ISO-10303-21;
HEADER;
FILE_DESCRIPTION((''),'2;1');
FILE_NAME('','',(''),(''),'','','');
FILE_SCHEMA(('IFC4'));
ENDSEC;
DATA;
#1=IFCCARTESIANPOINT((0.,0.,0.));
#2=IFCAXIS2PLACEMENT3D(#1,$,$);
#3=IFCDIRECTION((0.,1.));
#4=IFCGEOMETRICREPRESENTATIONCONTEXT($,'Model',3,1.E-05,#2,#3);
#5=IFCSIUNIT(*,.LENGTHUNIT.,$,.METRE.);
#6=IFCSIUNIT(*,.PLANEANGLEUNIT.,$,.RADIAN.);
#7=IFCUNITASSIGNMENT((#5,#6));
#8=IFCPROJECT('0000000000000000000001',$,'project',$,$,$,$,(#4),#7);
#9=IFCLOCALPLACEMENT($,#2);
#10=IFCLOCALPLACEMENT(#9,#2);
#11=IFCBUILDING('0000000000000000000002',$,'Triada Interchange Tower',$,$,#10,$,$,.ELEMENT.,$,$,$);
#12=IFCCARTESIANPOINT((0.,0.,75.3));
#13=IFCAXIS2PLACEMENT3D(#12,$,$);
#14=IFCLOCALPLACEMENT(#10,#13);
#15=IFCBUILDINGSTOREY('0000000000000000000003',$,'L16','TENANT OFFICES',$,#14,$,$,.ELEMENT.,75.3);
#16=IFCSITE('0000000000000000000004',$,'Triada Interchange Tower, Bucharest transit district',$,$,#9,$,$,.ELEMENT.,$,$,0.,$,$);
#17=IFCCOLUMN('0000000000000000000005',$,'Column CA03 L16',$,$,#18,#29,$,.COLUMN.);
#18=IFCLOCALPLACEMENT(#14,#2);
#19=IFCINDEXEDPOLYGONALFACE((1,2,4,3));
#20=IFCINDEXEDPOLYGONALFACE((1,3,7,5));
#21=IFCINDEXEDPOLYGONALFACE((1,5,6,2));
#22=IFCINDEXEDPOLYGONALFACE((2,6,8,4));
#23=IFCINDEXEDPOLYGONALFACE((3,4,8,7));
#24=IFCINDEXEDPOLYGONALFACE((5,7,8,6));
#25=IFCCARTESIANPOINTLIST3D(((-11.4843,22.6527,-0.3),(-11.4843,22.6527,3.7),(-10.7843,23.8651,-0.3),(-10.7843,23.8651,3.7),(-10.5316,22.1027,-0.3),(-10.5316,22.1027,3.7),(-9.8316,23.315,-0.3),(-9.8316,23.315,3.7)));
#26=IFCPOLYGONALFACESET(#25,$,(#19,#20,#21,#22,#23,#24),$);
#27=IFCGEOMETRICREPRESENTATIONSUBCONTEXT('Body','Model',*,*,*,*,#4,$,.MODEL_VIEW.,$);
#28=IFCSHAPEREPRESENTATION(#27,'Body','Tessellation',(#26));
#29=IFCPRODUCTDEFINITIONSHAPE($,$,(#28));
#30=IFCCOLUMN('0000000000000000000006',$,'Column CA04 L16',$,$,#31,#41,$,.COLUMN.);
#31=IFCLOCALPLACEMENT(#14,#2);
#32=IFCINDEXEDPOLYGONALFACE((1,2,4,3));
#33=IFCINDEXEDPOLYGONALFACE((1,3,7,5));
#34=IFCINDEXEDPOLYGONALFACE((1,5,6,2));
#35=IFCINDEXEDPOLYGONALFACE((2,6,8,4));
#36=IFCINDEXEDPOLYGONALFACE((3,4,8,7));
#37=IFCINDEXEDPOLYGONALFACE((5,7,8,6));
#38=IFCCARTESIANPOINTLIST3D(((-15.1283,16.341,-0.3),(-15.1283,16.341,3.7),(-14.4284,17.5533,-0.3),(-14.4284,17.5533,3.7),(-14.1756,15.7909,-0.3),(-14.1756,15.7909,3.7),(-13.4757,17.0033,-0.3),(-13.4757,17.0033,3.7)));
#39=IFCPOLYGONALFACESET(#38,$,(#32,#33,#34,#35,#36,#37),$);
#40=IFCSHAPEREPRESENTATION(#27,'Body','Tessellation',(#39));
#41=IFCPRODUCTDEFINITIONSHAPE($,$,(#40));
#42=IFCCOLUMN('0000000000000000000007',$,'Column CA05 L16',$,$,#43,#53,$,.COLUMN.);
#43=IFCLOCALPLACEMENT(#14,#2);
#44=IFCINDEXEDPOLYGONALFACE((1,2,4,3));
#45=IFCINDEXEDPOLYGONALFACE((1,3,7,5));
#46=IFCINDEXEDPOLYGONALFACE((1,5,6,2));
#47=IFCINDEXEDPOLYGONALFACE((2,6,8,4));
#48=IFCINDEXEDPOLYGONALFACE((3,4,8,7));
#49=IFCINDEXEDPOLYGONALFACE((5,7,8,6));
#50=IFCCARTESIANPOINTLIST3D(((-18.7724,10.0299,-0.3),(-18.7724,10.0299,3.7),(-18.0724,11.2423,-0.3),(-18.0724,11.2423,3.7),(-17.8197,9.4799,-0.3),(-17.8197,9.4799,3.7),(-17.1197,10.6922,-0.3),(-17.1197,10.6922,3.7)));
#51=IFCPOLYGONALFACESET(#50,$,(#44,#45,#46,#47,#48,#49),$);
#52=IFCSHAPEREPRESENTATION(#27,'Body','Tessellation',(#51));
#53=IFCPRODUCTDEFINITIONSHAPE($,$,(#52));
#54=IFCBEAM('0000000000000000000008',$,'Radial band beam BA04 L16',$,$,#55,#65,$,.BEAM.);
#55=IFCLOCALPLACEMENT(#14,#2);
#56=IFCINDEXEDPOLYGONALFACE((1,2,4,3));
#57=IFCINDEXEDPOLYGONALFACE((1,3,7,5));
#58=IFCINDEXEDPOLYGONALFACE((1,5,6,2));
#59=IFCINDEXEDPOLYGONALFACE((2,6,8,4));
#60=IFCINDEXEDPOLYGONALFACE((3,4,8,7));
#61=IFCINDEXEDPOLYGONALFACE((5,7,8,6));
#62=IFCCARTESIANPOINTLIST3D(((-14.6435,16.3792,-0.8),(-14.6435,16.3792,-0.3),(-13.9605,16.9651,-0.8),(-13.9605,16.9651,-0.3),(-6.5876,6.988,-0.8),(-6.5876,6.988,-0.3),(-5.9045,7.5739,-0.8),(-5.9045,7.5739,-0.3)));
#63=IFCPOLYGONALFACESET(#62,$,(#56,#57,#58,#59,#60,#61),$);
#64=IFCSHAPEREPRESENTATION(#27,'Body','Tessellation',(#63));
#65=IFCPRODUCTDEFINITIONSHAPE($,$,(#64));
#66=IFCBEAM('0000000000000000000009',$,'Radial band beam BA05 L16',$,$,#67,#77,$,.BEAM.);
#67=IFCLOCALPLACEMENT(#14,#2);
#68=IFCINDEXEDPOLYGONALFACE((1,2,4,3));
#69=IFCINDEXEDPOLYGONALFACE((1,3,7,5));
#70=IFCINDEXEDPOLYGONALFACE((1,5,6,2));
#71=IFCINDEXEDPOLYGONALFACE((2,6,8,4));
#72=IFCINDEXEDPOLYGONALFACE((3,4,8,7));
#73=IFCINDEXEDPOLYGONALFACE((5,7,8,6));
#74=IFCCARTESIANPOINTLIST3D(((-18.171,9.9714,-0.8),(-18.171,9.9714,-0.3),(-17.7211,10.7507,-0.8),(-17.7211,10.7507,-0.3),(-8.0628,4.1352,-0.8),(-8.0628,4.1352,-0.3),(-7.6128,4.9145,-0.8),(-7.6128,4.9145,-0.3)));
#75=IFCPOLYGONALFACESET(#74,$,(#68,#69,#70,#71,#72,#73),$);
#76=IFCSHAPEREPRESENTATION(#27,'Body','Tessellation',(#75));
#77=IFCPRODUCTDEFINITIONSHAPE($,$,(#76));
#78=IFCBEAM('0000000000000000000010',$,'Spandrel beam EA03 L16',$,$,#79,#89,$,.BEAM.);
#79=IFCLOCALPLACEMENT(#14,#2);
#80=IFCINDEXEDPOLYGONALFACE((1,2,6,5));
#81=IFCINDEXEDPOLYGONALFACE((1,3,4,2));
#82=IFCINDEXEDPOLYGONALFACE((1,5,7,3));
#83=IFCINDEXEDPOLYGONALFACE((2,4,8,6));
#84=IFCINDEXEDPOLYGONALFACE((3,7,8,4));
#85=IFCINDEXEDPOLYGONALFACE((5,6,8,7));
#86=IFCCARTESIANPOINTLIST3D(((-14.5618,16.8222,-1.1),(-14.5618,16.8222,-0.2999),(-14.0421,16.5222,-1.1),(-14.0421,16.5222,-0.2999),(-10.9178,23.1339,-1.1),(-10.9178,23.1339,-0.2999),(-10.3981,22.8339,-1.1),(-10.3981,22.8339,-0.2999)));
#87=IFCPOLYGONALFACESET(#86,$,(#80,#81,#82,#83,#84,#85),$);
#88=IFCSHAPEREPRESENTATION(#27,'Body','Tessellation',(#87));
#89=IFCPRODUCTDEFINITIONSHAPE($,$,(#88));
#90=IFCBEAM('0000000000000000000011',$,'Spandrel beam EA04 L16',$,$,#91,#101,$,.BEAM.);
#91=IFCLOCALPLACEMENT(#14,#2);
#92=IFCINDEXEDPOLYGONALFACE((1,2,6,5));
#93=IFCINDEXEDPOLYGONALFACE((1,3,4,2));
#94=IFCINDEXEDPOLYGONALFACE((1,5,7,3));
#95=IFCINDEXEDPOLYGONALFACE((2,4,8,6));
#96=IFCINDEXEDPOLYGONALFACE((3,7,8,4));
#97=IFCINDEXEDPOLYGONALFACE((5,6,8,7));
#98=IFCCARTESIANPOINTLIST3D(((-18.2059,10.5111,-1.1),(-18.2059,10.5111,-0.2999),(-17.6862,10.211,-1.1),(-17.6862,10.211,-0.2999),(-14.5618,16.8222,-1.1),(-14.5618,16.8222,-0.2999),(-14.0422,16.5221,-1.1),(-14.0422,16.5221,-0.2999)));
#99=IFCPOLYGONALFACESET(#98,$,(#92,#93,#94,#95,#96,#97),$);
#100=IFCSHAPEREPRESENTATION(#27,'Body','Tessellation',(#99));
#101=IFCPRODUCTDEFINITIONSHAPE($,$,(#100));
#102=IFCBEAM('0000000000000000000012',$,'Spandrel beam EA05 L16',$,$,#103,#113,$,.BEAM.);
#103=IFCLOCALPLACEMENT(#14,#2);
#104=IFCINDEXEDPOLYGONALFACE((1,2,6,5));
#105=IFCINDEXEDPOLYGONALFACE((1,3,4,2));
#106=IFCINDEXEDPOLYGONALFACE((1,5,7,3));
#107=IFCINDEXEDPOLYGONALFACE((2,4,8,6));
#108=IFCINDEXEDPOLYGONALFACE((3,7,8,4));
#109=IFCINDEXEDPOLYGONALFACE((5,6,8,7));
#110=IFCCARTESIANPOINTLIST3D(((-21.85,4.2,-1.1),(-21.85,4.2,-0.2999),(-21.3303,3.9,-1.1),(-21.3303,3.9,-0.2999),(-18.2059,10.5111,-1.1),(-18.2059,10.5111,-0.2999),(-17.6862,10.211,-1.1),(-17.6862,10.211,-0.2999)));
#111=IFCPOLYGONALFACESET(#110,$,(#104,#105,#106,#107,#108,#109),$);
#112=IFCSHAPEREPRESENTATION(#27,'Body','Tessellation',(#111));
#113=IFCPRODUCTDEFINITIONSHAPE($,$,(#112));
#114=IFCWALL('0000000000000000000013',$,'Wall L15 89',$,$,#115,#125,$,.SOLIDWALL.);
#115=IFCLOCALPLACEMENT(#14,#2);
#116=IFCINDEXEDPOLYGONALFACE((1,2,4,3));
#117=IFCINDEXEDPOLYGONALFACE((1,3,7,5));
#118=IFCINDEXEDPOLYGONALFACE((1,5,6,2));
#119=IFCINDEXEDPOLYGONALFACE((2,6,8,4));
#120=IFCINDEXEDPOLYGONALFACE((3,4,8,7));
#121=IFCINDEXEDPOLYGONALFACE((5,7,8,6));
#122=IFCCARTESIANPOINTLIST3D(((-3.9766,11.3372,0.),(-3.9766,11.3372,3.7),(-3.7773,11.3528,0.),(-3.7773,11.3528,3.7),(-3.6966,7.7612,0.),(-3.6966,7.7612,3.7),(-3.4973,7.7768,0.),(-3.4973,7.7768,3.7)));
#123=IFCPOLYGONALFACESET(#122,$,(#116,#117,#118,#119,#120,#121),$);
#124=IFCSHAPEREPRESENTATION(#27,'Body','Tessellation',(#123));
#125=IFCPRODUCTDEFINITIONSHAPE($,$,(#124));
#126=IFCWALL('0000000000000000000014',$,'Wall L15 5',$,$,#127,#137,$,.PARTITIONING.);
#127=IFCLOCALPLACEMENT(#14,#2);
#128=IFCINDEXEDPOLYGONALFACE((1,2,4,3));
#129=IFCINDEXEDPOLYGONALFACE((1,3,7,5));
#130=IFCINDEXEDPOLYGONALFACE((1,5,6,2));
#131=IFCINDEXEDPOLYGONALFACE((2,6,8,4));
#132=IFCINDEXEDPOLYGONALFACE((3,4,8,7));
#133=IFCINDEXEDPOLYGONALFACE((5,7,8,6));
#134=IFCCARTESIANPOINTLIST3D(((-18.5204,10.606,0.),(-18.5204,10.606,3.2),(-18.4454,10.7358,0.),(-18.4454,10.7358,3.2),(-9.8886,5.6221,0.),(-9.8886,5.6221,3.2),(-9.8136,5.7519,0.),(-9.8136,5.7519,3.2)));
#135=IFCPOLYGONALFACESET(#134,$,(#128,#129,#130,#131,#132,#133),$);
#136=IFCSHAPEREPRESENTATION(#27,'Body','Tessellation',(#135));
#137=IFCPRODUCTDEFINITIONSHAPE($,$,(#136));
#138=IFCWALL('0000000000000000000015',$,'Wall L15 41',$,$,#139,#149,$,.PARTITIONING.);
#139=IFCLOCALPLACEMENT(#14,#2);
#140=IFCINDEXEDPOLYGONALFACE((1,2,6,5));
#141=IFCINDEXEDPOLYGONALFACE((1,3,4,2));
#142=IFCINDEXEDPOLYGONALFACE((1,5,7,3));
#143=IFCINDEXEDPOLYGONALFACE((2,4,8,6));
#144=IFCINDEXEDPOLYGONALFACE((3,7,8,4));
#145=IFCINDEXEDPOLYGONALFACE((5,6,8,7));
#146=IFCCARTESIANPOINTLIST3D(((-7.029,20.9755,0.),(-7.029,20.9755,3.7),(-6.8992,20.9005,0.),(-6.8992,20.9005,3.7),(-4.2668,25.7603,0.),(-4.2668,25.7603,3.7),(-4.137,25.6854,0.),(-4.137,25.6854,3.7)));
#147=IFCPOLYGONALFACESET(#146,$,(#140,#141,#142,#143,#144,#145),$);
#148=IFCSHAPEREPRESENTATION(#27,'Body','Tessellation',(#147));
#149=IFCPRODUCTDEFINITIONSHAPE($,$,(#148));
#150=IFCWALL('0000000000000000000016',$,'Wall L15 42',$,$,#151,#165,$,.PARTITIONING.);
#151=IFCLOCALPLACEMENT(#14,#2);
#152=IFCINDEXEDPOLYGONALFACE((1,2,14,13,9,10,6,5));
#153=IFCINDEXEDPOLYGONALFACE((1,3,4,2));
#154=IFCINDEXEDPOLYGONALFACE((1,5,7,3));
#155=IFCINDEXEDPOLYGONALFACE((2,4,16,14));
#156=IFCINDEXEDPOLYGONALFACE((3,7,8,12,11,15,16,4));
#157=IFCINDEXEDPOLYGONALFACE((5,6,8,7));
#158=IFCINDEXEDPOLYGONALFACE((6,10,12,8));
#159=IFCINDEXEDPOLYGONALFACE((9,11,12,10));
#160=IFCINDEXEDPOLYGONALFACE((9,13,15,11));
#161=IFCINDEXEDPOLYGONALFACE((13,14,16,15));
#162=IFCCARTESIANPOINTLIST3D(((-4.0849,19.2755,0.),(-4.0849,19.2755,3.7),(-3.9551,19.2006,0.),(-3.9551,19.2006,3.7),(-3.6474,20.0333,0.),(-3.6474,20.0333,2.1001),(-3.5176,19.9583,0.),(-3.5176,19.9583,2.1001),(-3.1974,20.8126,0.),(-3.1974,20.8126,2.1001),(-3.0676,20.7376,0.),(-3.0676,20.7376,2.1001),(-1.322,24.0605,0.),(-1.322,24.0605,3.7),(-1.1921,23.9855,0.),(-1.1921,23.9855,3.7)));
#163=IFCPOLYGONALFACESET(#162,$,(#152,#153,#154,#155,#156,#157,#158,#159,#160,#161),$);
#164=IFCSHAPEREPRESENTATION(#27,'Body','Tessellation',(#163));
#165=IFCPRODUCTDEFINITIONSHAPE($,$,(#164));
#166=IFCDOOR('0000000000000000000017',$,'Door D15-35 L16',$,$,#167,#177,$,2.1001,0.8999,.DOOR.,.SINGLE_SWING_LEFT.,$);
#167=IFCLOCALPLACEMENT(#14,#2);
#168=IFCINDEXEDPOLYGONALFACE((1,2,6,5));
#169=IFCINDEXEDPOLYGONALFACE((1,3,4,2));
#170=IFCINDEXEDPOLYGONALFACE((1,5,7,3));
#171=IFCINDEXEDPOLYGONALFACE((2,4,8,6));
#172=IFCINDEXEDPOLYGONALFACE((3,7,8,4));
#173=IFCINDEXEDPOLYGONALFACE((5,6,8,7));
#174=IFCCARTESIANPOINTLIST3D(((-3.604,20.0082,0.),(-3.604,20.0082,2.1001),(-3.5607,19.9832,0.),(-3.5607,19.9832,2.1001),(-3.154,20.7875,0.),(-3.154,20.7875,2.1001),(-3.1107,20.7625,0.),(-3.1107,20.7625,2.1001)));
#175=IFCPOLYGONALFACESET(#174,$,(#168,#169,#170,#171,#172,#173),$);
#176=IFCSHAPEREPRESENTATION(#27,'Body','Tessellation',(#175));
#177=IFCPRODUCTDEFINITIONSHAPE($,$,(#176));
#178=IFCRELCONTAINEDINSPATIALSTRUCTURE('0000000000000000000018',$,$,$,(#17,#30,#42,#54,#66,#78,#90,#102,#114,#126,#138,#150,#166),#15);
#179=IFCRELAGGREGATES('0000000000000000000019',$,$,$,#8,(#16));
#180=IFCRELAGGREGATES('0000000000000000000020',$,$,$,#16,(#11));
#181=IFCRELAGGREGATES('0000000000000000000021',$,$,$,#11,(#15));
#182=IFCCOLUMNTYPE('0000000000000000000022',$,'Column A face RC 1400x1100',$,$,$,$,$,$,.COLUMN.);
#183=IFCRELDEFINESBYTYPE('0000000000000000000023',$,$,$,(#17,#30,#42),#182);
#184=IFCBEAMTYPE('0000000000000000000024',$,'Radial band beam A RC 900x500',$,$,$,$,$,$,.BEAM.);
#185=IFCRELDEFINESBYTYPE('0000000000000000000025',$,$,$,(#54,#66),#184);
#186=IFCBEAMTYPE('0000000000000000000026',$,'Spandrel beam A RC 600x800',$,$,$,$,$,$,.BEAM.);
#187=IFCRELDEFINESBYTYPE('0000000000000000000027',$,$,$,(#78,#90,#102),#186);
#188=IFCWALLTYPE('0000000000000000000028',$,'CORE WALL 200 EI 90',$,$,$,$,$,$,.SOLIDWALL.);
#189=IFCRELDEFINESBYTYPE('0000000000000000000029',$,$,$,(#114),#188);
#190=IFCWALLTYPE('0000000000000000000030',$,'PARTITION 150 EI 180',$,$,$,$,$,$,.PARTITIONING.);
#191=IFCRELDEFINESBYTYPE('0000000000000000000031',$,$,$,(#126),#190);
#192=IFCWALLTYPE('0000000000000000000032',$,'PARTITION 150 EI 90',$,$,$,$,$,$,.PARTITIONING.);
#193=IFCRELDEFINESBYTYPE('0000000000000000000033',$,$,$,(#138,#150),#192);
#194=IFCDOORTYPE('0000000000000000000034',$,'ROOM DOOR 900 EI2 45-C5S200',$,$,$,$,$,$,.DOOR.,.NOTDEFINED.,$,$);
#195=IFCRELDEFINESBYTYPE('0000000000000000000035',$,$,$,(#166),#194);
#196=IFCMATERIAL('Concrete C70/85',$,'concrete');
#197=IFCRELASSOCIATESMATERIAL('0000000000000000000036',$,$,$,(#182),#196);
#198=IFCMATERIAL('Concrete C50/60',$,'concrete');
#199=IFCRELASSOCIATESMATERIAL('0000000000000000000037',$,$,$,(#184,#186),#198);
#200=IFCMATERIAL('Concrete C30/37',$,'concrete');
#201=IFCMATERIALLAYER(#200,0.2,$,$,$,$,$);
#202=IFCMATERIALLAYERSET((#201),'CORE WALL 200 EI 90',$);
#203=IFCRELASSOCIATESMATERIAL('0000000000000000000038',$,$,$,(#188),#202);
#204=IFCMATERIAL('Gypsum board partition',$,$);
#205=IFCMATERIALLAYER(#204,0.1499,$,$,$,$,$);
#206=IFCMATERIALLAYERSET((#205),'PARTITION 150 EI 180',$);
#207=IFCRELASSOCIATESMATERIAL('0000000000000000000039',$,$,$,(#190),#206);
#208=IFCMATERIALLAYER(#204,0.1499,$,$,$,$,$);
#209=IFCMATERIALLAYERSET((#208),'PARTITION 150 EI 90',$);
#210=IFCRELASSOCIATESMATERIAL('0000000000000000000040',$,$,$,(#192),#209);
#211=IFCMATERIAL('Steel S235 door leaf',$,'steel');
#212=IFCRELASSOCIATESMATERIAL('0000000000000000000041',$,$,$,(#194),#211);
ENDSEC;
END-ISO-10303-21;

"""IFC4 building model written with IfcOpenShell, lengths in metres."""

from ifc_helpers import new_model, si_unit, direction, frame, frame_2d, origin, origin_2d, place, context, subcontext, project, spatial, rectangle, extrude, material, layer, layer_set, material_profile, profile_set, type_object, element, fill, save


model = new_model("IFC4")

# Units and contexts
model_context = context("Model", 3, precision=1e-05, world=origin(), true_north=direction((0.0, 1.0)))
body_context = subcontext(model_context, "Body", "Model", "MODEL_VIEW")
ifc_project = project(units=[si_unit("LENGTHUNIT", "METRE"), si_unit("PLANEANGLEUNIT", "RADIAN")], contexts=[model_context])

# Site, building, storey
site_placement = place(None, origin())
site = spatial("IfcSite", under=ifc_project, at=site_placement, Name="Triada Interchange Tower, Bucharest transit district", CompositionType="ELEMENT", RefElevation=0.0)
building_placement = place(site_placement, origin())
building = spatial("IfcBuilding", under=site, at=building_placement, Name="Triada Interchange Tower", CompositionType="ELEMENT")
storey_placement = place(building_placement, frame((0.0, 0.0, 75.3)))
storey = spatial("IfcBuildingStorey", under=building, at=storey_placement, Name="L16", Description="TENANT OFFICES", CompositionType="ELEMENT", Elevation=75.3)

# Columns
ifc_material_1 = material(Name="Concrete C70/85", Category="concrete")
ifc_material_profile_1 = material_profile(ifc_material_1, rectangle(XDim=1.3999, YDim=1.1001, at=origin_2d()), Name="RC 1400x1100")
ifc_profile_set_1 = profile_set([ifc_material_profile_1], Name="Concrete C70/85")
column_type = type_object("IfcColumnType", Name="Column A face RC 1400x1100", PredefinedType="COLUMN", material=ifc_profile_set_1)
for number, where, z_axis, x_axis, name in (
    (1, (-10.658, 22.9839, -0.3), (0.0, 0.0, 1.0), (0.5, 0.866025, 0.0), "Column CA03 L16"),
    (2, (-14.302, 16.6721, -0.3), (0.0, 0.0, 1.0), (0.5, 0.866025, 0.0), "Column CA04 L16"),
    (3, (-17.946, 10.3611, -0.3), (0.0, 0.0, 1.0), (0.5, 0.866025, 0.0), "Column CA05 L16"),
):
    element("IfcColumn", number, at=place(storey_placement, frame(where, z_axis=z_axis, x_axis=x_axis)), inside=storey, type_object=column_type, Name=name, PredefinedType="COLUMN", context=body_context, shape_type="SweptSolid", body=[
        extrude(rectangle(XDim=1.3999, YDim=1.1001, at=origin_2d()), origin(), (0.0, 0.0, 1.0), 4.0),
    ])

# Beams
ifc_material_2 = material(Name="Concrete C50/60", Category="concrete")
ifc_material_profile_2 = material_profile(ifc_material_2, rectangle(XDim=0.8999, YDim=0.5, at=origin_2d()), Name="RC 900x500")
ifc_profile_set_2 = profile_set([ifc_material_profile_2], Name="Concrete C50/60")
beam_type_1 = type_object("IfcBeamType", Name="Radial band beam A RC 900x500", PredefinedType="BEAM", material=ifc_profile_set_2)
beam_1_placement = place(storey_placement, frame((-14.302, 16.6721, -0.55), z_axis=(0.651089, -0.759002, 0.0), x_axis=(0.759002, 0.651089, 0.0)))
element("IfcBeam", 4, at=beam_1_placement, inside=storey, type_object=beam_type_1, Name="Radial band beam BA04 L16", PredefinedType="BEAM", context=body_context, shape_type="SweptSolid", body=[
    extrude(rectangle(XDim=0.8999, YDim=0.5, at=origin_2d()), origin(), (0.0, 0.0, 1.0), 12.373),
])
beam_2_placement = place(storey_placement, frame((-17.946, 10.3611, -0.55), z_axis=(0.866017, -0.500015, 0.0), x_axis=(0.500015, 0.866017, 0.0)))
element("IfcBeam", 5, at=beam_2_placement, inside=storey, type_object=beam_type_1, Name="Radial band beam BA05 L16", PredefinedType="BEAM", context=body_context, shape_type="SweptSolid", body=[
    extrude(rectangle(XDim=0.8999, YDim=0.5, at=origin_2d()), origin(), (0.0, 0.0, 1.0), 11.6721),
])
ifc_material_profile_3 = material_profile(ifc_material_2, rectangle(XDim=0.6001, YDim=0.8, at=origin_2d()), Name="RC 600x800")
ifc_profile_set_3 = profile_set([ifc_material_profile_3], Name="Concrete C50/60")
beam_type_2 = type_object("IfcBeamType", Name="Spandrel beam A RC 600x800", PredefinedType="BEAM", material=ifc_profile_set_3)
beam_3_placement = place(storey_placement, frame((-10.658, 22.9839, -0.7), z_axis=(-0.499994, -0.866029, 0.0), x_axis=(0.866029, -0.499994, 0.0)))
element("IfcBeam", 6, at=beam_3_placement, inside=storey, type_object=beam_type_2, Name="Spandrel beam EA03 L16", PredefinedType="BEAM", context=body_context, shape_type="SweptSolid", body=[
    extrude(rectangle(XDim=0.6001, YDim=0.8, at=origin_2d()), origin(), (0.0, 0.0, 1.0), 7.2881),
])
for number, where, z_axis, x_axis, name in (
    (7, (-14.302, 16.6721, -0.7), (-0.500038, -0.866004, 0.0), (0.866004, -0.500038, 0.0), "Spandrel beam EA04 L16"),
    (8, (-17.946, 10.3611, -0.7), (-0.500038, -0.866004, 0.0), (0.866004, -0.500038, 0.0), "Spandrel beam EA05 L16"),
):
    element("IfcBeam", number, at=place(storey_placement, frame(where, z_axis=z_axis, x_axis=x_axis)), inside=storey, type_object=beam_type_2, Name=name, PredefinedType="BEAM", context=body_context, shape_type="SweptSolid", body=[
        extrude(rectangle(XDim=0.6001, YDim=0.8, at=origin_2d()), origin(), (0.0, 0.0, 1.0), 7.2876),
    ])

# Wall
ifc_material_3 = material(Name="Concrete C30/37", Category="concrete")
ifc_layer_1 = layer(ifc_material_3, 0.2)
ifc_layer_set_1 = layer_set([ifc_layer_1], Name="CORE WALL 200 EI 90")
wall_type_1 = type_object("IfcWallType", Name="CORE WALL 200 EI 90", PredefinedType="SOLIDWALL", material=ifc_layer_set_1)
wall_1_placement = place(storey_placement, frame((-3.877, 11.345, 0.0), z_axis=(0.0, 0.0, 1.0), x_axis=(0.078071, -0.996948, 0.0)))
element("IfcWall", 9, at=wall_1_placement, inside=storey, type_object=wall_type_1, Name="Wall L15 89", PredefinedType="SOLIDWALL", context=body_context, shape_type="SweptSolid", body=[
    extrude(rectangle(XDim=3.5869, YDim=0.2, at=frame_2d((1.7935, 0.0))), origin(), (0.0, 0.0, 1.0), 3.7),
])

# Shared definitions
ifc_material_4 = material(Name="Steel S235 door leaf", Category="steel")

# Walls
ifc_material_5 = material(Name="Gypsum board partition")
ifc_layer_2 = layer(ifc_material_5, 0.1499)
ifc_layer_set_2 = layer_set([ifc_layer_2], Name="PARTITION 150 EI 180")
wall_type_2 = type_object("IfcWallType", Name="PARTITION 150 EI 180", PredefinedType="PARTITIONING", material=ifc_layer_set_2)
wall_2_placement = place(storey_placement, frame((-18.4829, 10.6709, 0.0), z_axis=(0.0, 0.0, 1.0), x_axis=(0.866013, -0.500022, 0.0)))
element("IfcWall", 10, at=wall_2_placement, inside=storey, type_object=wall_type_2, Name="Wall L15 5", PredefinedType="PARTITIONING", context=body_context, shape_type="SweptSolid", body=[
    extrude(rectangle(XDim=9.9673, YDim=0.1499, at=frame_2d((4.9836, 0.0))), origin(), (0.0, 0.0, 1.0), 3.2),
])
ifc_layer_3 = layer(ifc_material_5, 0.1499)
ifc_layer_set_3 = layer_set([ifc_layer_3], Name="PARTITION 150 EI 90")
wall_type_3 = type_object("IfcWallType", Name="PARTITION 150 EI 90", PredefinedType="PARTITIONING", material=ifc_layer_set_3)
wall_3_placement = place(storey_placement, frame((-6.9641, 20.938, 0.0), z_axis=(0.0, 0.0, 1.0), x_axis=(0.499951, 0.866054, 0.0)))
element("IfcWall", 11, at=wall_3_placement, inside=storey, type_object=wall_type_3, Name="Wall L15 41", PredefinedType="PARTITIONING", context=body_context, shape_type="SweptSolid", body=[
    extrude(rectangle(XDim=5.5249, YDim=0.1499, at=frame_2d((2.7625, 0.0))), origin(), (0.0, 0.0, 1.0), 3.7),
])

# Wall, opening, door
wall_4_placement = place(storey_placement, frame((-4.02, 19.238, 0.0), z_axis=(0.0, 0.0, 1.0), x_axis=(0.50005, 0.865996, 0.0)))
wall_4 = element("IfcWall", 12, at=wall_4_placement, inside=storey, type_object=wall_type_3, Name="Wall L15 42", PredefinedType="PARTITIONING", context=body_context, shape_type="SweptSolid", body=[
    extrude(rectangle(XDim=5.5254, YDim=0.1499, at=frame_2d((2.7627, 0.0))), origin(), (0.0, 0.0, 1.0), 3.7),
])
opening_1_placement = place(wall_4_placement, frame((0.875, 0.0, 0.0)))
opening_1 = element("IfcOpeningElement", 13, at=opening_1_placement, cuts=wall_4, PredefinedType="OPENING", context=body_context, shape_type="SweptSolid", body=[
    extrude(rectangle(XDim=0.8999, YDim=2.1001, at=frame_2d((0.45, 1.05))), frame((0.0, 0.085, 0.0), z_axis=(0.0, -1.0, 0.0), x_axis=(1.0, 0.0, 0.0)), (0.0, 0.0, 1.0), 0.1699),
])
door_type_1 = type_object("IfcDoorType", Name="ROOM DOOR 900 EI2 45-C5S200", OperationType="NOTDEFINED", PredefinedType="DOOR", material=ifc_material_4)
door_1_placement = place(opening_1_placement, origin())
door_1 = element("IfcDoor", 14, at=door_1_placement, inside=storey, type_object=door_type_1, Name="Door D15-35 L16", OperationType="SINGLE_SWING_LEFT", OverallHeight=2.1001, OverallWidth=0.8999, PredefinedType="DOOR", context=body_context, shape_type="SweptSolid", body=[
    extrude(rectangle(XDim=0.8999, YDim=2.1001, at=frame_2d((0.45, 1.05))), frame((0.0, 0.0249, 0.0), z_axis=(0.0, -1.0, 0.0), x_axis=(1.0, 0.0, 0.0)), (0.0, 0.0, 1.0), 0.05),
])
fill(opening_1, door_1)

save(model, "model.ifc")
